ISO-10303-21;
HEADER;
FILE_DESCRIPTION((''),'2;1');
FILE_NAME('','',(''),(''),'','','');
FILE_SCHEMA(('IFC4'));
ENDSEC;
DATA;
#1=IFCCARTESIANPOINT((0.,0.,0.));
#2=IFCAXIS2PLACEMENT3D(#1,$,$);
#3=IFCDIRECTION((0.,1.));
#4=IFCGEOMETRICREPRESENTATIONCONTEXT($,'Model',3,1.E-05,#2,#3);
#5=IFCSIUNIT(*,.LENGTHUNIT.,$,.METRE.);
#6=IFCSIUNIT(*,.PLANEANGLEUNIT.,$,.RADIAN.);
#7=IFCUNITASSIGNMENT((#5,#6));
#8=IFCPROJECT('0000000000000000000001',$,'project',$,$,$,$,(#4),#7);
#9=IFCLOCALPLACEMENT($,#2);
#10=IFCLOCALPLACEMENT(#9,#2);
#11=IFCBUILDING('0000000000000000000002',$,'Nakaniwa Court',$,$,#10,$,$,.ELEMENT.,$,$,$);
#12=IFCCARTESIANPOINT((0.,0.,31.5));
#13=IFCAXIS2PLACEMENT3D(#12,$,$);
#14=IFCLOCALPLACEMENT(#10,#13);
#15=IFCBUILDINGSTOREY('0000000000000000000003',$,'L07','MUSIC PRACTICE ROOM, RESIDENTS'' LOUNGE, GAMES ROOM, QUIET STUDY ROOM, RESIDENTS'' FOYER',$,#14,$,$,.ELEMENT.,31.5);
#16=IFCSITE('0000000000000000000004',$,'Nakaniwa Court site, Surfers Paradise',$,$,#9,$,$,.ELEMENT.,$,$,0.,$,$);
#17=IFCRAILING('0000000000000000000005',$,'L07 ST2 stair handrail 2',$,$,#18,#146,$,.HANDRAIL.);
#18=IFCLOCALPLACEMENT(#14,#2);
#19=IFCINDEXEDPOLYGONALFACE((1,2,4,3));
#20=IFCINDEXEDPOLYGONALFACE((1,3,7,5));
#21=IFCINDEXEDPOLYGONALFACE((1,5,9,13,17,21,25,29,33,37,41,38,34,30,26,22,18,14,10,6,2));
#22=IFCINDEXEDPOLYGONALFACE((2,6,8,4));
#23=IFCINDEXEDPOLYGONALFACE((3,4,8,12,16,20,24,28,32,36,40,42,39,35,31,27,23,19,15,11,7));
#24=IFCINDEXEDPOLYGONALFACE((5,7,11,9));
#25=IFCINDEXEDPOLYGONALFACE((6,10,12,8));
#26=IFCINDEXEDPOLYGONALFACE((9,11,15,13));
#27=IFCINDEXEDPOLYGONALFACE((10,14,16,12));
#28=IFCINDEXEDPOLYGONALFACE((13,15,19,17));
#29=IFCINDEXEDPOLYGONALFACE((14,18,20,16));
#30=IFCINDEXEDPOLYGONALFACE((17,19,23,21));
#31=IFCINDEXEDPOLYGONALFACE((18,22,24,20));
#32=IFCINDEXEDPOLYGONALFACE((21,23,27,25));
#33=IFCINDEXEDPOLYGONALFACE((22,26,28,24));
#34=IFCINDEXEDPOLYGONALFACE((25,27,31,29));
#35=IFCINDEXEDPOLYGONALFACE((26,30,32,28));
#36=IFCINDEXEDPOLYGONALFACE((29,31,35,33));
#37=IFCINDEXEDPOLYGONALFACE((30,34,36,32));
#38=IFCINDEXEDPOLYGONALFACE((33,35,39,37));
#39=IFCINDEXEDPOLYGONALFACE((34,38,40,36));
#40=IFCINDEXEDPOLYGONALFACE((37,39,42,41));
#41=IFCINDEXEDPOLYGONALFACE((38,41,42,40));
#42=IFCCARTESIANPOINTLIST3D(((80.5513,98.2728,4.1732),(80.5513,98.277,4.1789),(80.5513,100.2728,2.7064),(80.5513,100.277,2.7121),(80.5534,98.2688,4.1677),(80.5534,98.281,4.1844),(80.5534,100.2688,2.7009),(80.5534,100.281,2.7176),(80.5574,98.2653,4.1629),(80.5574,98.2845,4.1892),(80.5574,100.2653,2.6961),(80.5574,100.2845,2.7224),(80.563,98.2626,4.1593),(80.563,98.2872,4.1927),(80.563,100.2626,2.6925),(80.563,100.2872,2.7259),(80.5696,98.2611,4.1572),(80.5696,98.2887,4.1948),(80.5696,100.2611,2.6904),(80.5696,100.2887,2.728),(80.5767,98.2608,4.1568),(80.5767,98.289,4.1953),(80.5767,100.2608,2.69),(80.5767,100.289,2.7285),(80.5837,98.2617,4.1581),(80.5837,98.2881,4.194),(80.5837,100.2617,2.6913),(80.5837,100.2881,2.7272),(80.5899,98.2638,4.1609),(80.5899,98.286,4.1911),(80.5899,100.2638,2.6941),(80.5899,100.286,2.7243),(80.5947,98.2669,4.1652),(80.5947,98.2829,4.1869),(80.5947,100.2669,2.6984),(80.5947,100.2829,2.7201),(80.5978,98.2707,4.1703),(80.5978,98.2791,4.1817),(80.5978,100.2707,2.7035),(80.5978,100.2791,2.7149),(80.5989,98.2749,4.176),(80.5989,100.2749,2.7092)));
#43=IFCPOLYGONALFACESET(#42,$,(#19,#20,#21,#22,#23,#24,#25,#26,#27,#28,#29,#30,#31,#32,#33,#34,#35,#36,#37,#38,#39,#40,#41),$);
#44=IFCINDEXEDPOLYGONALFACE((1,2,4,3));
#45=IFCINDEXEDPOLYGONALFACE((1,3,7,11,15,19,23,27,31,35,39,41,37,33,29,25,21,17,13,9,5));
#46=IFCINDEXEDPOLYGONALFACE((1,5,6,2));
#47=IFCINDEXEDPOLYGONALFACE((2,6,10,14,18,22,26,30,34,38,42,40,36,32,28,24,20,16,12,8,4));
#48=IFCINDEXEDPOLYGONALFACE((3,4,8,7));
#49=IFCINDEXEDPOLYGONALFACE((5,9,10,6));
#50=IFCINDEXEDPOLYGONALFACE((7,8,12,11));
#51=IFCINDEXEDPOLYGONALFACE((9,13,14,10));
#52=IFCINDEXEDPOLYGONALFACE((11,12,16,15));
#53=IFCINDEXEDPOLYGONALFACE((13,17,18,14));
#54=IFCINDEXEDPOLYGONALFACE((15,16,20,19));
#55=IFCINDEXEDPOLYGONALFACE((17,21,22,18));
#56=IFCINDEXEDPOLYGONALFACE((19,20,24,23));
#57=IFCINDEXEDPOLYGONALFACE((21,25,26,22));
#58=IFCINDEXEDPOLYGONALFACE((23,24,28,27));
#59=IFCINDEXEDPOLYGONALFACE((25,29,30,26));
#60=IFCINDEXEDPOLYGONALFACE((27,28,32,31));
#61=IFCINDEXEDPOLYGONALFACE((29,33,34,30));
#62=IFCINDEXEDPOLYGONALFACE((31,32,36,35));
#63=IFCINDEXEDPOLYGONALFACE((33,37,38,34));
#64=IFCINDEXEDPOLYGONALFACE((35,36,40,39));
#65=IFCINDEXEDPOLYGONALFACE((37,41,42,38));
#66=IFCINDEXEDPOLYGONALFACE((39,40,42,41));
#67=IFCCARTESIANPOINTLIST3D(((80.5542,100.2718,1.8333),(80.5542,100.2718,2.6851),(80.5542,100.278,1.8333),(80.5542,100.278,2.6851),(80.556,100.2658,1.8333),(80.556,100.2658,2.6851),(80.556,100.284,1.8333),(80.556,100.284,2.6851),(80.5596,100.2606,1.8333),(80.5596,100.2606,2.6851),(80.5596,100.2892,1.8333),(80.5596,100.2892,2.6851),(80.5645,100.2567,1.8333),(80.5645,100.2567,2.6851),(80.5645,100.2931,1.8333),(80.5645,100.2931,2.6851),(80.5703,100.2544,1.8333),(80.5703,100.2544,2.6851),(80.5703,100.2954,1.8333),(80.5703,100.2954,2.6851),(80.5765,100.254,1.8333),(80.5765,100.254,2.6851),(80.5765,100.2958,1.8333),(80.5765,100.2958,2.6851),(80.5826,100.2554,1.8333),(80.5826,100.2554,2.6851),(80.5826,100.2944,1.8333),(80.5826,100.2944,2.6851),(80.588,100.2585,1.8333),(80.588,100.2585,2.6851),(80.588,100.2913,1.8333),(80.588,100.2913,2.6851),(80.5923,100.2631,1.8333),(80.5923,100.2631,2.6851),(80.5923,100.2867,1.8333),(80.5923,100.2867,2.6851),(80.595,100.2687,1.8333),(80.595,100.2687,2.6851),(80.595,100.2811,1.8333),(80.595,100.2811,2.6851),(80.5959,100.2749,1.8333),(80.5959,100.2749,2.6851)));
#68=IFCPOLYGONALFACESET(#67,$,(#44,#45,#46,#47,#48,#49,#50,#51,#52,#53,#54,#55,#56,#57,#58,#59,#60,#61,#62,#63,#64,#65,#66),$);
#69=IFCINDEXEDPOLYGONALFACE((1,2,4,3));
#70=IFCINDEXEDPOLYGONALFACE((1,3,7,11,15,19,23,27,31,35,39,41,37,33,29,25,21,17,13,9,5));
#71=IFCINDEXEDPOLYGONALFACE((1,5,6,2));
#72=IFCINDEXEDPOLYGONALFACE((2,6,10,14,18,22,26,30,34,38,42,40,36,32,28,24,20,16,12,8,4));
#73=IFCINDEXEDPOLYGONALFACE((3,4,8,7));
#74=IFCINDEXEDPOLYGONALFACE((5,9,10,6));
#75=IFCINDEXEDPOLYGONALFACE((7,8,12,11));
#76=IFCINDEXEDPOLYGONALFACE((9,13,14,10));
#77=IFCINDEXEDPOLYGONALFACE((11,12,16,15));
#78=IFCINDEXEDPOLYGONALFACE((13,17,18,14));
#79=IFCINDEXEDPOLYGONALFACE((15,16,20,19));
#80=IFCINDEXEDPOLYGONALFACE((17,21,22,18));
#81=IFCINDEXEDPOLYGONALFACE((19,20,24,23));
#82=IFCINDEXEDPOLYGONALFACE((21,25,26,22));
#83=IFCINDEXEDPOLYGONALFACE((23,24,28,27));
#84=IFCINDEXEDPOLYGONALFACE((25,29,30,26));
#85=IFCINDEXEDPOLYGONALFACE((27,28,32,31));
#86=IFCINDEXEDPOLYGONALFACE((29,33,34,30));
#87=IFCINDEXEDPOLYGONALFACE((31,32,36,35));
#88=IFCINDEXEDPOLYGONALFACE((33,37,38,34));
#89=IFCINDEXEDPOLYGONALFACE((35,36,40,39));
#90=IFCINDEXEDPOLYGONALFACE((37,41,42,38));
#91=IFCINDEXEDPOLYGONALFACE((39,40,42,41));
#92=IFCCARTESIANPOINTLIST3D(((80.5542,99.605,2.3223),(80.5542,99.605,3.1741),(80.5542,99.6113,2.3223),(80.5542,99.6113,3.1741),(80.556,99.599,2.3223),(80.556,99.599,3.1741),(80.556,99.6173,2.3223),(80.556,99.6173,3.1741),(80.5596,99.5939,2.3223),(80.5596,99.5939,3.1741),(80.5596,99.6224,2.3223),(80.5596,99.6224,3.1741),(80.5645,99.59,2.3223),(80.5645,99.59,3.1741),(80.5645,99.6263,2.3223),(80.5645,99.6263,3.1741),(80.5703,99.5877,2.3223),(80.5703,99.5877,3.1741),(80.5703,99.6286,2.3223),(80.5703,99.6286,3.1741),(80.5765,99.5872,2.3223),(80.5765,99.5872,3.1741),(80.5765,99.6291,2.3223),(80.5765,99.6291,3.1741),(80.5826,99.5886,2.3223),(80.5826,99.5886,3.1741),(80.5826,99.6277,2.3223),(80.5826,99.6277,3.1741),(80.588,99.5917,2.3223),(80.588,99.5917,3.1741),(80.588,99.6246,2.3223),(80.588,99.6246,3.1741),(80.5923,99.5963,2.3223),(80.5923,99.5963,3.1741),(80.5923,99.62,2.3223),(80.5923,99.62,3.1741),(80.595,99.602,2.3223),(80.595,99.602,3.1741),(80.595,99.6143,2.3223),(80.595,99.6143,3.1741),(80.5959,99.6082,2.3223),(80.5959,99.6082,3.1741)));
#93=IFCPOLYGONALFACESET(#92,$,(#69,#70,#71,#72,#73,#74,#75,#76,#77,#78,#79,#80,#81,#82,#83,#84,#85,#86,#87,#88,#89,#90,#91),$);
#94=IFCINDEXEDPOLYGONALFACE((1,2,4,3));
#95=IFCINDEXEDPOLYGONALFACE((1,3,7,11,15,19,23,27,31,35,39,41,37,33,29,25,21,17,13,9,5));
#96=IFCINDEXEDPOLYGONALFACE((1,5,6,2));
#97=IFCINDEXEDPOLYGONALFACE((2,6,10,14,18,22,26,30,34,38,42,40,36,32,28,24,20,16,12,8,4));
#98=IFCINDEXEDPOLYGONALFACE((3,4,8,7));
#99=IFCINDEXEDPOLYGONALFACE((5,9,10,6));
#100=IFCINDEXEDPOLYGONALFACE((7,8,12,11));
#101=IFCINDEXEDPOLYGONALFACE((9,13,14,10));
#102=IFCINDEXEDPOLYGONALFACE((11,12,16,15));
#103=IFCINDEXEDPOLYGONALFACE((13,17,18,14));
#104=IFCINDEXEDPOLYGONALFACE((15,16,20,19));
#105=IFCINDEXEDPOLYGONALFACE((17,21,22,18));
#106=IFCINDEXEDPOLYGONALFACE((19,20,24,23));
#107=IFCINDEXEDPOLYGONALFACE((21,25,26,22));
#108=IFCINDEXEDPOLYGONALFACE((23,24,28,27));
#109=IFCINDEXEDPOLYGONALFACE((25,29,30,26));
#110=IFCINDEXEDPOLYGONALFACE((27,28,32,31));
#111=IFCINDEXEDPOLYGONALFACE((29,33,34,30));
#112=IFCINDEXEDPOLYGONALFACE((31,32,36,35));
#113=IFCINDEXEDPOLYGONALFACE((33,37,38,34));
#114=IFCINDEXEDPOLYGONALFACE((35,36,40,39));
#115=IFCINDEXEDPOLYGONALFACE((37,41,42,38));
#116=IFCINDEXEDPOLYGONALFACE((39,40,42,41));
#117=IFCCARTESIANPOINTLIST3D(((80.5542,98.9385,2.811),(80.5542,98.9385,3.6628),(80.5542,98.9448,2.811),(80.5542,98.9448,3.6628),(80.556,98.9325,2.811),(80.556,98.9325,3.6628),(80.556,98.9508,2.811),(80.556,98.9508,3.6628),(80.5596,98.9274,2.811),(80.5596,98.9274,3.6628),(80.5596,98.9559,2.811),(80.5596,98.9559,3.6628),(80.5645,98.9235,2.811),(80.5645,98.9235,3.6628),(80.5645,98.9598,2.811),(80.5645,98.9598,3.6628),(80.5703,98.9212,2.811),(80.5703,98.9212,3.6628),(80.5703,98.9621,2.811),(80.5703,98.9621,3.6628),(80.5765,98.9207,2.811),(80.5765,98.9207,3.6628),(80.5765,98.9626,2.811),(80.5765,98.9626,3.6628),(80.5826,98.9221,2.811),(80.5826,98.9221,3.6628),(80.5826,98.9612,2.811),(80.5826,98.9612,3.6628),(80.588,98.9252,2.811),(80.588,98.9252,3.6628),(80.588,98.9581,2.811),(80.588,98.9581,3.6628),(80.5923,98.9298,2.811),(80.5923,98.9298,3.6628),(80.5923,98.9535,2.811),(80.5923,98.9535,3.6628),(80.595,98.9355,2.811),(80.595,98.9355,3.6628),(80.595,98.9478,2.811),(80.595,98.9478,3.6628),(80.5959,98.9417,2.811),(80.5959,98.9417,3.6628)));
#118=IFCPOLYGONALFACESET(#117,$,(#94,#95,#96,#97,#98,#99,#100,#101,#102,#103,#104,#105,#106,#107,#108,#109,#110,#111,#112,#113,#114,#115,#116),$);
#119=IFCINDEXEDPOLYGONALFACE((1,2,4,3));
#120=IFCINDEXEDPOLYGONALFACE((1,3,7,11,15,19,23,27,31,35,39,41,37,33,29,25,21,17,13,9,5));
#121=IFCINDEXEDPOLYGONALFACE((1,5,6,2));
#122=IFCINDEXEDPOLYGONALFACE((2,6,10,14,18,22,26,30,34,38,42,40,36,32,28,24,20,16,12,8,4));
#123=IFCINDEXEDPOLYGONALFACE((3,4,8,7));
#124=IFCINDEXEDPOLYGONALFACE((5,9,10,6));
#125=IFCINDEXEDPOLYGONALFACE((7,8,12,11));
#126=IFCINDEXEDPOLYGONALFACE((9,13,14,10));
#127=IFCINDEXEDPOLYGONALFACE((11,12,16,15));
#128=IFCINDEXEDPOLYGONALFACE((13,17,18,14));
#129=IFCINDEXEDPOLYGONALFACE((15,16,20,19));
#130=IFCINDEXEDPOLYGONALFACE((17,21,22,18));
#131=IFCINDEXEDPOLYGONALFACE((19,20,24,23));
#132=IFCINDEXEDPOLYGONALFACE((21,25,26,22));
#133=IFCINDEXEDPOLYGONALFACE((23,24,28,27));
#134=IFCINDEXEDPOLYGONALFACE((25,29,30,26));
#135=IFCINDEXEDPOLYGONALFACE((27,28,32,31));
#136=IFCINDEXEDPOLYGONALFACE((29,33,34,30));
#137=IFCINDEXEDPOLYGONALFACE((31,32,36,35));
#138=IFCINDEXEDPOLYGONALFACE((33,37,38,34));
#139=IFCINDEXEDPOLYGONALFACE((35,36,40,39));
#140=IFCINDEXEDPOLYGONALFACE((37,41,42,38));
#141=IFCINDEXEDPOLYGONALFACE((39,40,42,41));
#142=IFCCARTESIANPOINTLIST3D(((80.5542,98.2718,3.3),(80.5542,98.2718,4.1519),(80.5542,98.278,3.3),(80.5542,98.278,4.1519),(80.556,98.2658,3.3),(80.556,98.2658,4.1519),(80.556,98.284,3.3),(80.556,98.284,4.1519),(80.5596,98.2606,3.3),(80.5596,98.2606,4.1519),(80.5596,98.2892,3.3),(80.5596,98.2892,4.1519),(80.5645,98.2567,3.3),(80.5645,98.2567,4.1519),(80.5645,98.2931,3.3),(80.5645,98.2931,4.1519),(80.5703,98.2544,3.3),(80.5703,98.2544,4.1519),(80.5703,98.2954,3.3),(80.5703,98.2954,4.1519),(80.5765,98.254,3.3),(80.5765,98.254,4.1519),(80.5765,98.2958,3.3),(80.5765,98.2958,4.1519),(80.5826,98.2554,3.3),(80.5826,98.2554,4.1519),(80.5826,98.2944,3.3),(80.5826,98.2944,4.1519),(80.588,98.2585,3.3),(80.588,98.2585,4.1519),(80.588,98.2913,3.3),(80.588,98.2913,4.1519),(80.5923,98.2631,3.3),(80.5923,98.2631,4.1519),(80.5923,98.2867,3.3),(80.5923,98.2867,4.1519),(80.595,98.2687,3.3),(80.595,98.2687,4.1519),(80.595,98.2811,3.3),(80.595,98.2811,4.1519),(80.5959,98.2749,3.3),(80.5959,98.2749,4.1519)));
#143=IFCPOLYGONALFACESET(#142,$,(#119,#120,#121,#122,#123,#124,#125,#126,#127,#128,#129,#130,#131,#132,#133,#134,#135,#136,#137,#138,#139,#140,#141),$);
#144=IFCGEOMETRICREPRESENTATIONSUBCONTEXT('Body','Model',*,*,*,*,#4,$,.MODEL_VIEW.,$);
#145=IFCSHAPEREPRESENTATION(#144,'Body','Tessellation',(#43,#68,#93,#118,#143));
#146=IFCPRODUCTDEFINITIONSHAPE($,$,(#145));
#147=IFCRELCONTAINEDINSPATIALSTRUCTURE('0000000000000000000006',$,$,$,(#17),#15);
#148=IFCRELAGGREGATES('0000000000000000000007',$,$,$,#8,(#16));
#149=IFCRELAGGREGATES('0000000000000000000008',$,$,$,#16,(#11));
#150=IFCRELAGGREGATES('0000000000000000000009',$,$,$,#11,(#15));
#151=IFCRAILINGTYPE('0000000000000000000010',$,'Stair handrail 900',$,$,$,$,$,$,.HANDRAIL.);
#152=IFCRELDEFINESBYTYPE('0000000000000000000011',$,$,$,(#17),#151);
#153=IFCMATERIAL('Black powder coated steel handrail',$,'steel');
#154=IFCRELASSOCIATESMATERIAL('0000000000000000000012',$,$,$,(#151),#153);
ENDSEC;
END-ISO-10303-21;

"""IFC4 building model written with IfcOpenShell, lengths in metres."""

from ifc_helpers import new_model, si_unit, direction, frame, origin, origin_2d, place, context, subcontext, project, spatial, circle, extrude, material, type_object, element, save


model = new_model("IFC4")

# Units and contexts
model_context = context("Model", 3, precision=1e-05, world=origin(), true_north=direction((0.0, 1.0)))
body_context = subcontext(model_context, "Body", "Model", "MODEL_VIEW")
ifc_project = project(units=[si_unit("LENGTHUNIT", "METRE"), si_unit("PLANEANGLEUNIT", "RADIAN")], contexts=[model_context])

# Site, building, storey
site_placement = place(None, origin())
site = spatial("IfcSite", under=ifc_project, at=site_placement, Name="Nakaniwa Court site, Surfers Paradise", CompositionType="ELEMENT", RefElevation=0.0)
building_placement = place(site_placement, origin())
building = spatial("IfcBuilding", under=site, at=building_placement, Name="Nakaniwa Court", CompositionType="ELEMENT")
storey_placement = place(building_placement, frame((0.0, 0.0, 31.5)))
storey = spatial("IfcBuildingStorey", under=building, at=storey_placement, Name="L07", Description="MUSIC PRACTICE ROOM, RESIDENTS' LOUNGE, GAMES ROOM, QUIET STUDY ROOM, RESIDENTS' FOYER", CompositionType="ELEMENT", Elevation=31.5)

# Railing
ifc_material_1 = material(Name="Black powder coated steel handrail", Category="steel")
railing_type_1 = type_object("IfcRailingType", Name="Stair handrail 900", PredefinedType="HANDRAIL", material=ifc_material_1)
railing_1_placement = place(storey_placement, frame((80.575, 100.2749, 1.8333)))
element("IfcRailing", 1, at=railing_1_placement, inside=storey, type_object=railing_type_1, Name="L07 ST2 stair handrail 2", PredefinedType="HANDRAIL", context=body_context, shape_type="SweptSolid", body=[
    extrude(circle(Radius=0.0239, at=origin_2d()), frame((0.0, 0.0, 0.876), z_axis=(0.0, -0.80638, 0.591398), x_axis=(1.0, 0.0, 0.0)), (0.0, 0.0, 1.0), 2.4802),
    extrude(circle(Radius=0.021, at=origin_2d()), origin(), (0.0, 0.0, 1.0), 0.8518),
    extrude(circle(Radius=0.021, at=origin_2d()), frame((0.0, -0.6667, 0.489)), (0.0, 0.0, 1.0), 0.8518),
    extrude(circle(Radius=0.021, at=origin_2d()), frame((0.0, -1.3333, 0.9778)), (0.0, 0.0, 1.0), 0.8518),
    extrude(circle(Radius=0.021, at=origin_2d()), frame((0.0, -2.0, 1.4668)), (0.0, 0.0, 1.0), 0.8518),
])

save(model, "model.ifc")
